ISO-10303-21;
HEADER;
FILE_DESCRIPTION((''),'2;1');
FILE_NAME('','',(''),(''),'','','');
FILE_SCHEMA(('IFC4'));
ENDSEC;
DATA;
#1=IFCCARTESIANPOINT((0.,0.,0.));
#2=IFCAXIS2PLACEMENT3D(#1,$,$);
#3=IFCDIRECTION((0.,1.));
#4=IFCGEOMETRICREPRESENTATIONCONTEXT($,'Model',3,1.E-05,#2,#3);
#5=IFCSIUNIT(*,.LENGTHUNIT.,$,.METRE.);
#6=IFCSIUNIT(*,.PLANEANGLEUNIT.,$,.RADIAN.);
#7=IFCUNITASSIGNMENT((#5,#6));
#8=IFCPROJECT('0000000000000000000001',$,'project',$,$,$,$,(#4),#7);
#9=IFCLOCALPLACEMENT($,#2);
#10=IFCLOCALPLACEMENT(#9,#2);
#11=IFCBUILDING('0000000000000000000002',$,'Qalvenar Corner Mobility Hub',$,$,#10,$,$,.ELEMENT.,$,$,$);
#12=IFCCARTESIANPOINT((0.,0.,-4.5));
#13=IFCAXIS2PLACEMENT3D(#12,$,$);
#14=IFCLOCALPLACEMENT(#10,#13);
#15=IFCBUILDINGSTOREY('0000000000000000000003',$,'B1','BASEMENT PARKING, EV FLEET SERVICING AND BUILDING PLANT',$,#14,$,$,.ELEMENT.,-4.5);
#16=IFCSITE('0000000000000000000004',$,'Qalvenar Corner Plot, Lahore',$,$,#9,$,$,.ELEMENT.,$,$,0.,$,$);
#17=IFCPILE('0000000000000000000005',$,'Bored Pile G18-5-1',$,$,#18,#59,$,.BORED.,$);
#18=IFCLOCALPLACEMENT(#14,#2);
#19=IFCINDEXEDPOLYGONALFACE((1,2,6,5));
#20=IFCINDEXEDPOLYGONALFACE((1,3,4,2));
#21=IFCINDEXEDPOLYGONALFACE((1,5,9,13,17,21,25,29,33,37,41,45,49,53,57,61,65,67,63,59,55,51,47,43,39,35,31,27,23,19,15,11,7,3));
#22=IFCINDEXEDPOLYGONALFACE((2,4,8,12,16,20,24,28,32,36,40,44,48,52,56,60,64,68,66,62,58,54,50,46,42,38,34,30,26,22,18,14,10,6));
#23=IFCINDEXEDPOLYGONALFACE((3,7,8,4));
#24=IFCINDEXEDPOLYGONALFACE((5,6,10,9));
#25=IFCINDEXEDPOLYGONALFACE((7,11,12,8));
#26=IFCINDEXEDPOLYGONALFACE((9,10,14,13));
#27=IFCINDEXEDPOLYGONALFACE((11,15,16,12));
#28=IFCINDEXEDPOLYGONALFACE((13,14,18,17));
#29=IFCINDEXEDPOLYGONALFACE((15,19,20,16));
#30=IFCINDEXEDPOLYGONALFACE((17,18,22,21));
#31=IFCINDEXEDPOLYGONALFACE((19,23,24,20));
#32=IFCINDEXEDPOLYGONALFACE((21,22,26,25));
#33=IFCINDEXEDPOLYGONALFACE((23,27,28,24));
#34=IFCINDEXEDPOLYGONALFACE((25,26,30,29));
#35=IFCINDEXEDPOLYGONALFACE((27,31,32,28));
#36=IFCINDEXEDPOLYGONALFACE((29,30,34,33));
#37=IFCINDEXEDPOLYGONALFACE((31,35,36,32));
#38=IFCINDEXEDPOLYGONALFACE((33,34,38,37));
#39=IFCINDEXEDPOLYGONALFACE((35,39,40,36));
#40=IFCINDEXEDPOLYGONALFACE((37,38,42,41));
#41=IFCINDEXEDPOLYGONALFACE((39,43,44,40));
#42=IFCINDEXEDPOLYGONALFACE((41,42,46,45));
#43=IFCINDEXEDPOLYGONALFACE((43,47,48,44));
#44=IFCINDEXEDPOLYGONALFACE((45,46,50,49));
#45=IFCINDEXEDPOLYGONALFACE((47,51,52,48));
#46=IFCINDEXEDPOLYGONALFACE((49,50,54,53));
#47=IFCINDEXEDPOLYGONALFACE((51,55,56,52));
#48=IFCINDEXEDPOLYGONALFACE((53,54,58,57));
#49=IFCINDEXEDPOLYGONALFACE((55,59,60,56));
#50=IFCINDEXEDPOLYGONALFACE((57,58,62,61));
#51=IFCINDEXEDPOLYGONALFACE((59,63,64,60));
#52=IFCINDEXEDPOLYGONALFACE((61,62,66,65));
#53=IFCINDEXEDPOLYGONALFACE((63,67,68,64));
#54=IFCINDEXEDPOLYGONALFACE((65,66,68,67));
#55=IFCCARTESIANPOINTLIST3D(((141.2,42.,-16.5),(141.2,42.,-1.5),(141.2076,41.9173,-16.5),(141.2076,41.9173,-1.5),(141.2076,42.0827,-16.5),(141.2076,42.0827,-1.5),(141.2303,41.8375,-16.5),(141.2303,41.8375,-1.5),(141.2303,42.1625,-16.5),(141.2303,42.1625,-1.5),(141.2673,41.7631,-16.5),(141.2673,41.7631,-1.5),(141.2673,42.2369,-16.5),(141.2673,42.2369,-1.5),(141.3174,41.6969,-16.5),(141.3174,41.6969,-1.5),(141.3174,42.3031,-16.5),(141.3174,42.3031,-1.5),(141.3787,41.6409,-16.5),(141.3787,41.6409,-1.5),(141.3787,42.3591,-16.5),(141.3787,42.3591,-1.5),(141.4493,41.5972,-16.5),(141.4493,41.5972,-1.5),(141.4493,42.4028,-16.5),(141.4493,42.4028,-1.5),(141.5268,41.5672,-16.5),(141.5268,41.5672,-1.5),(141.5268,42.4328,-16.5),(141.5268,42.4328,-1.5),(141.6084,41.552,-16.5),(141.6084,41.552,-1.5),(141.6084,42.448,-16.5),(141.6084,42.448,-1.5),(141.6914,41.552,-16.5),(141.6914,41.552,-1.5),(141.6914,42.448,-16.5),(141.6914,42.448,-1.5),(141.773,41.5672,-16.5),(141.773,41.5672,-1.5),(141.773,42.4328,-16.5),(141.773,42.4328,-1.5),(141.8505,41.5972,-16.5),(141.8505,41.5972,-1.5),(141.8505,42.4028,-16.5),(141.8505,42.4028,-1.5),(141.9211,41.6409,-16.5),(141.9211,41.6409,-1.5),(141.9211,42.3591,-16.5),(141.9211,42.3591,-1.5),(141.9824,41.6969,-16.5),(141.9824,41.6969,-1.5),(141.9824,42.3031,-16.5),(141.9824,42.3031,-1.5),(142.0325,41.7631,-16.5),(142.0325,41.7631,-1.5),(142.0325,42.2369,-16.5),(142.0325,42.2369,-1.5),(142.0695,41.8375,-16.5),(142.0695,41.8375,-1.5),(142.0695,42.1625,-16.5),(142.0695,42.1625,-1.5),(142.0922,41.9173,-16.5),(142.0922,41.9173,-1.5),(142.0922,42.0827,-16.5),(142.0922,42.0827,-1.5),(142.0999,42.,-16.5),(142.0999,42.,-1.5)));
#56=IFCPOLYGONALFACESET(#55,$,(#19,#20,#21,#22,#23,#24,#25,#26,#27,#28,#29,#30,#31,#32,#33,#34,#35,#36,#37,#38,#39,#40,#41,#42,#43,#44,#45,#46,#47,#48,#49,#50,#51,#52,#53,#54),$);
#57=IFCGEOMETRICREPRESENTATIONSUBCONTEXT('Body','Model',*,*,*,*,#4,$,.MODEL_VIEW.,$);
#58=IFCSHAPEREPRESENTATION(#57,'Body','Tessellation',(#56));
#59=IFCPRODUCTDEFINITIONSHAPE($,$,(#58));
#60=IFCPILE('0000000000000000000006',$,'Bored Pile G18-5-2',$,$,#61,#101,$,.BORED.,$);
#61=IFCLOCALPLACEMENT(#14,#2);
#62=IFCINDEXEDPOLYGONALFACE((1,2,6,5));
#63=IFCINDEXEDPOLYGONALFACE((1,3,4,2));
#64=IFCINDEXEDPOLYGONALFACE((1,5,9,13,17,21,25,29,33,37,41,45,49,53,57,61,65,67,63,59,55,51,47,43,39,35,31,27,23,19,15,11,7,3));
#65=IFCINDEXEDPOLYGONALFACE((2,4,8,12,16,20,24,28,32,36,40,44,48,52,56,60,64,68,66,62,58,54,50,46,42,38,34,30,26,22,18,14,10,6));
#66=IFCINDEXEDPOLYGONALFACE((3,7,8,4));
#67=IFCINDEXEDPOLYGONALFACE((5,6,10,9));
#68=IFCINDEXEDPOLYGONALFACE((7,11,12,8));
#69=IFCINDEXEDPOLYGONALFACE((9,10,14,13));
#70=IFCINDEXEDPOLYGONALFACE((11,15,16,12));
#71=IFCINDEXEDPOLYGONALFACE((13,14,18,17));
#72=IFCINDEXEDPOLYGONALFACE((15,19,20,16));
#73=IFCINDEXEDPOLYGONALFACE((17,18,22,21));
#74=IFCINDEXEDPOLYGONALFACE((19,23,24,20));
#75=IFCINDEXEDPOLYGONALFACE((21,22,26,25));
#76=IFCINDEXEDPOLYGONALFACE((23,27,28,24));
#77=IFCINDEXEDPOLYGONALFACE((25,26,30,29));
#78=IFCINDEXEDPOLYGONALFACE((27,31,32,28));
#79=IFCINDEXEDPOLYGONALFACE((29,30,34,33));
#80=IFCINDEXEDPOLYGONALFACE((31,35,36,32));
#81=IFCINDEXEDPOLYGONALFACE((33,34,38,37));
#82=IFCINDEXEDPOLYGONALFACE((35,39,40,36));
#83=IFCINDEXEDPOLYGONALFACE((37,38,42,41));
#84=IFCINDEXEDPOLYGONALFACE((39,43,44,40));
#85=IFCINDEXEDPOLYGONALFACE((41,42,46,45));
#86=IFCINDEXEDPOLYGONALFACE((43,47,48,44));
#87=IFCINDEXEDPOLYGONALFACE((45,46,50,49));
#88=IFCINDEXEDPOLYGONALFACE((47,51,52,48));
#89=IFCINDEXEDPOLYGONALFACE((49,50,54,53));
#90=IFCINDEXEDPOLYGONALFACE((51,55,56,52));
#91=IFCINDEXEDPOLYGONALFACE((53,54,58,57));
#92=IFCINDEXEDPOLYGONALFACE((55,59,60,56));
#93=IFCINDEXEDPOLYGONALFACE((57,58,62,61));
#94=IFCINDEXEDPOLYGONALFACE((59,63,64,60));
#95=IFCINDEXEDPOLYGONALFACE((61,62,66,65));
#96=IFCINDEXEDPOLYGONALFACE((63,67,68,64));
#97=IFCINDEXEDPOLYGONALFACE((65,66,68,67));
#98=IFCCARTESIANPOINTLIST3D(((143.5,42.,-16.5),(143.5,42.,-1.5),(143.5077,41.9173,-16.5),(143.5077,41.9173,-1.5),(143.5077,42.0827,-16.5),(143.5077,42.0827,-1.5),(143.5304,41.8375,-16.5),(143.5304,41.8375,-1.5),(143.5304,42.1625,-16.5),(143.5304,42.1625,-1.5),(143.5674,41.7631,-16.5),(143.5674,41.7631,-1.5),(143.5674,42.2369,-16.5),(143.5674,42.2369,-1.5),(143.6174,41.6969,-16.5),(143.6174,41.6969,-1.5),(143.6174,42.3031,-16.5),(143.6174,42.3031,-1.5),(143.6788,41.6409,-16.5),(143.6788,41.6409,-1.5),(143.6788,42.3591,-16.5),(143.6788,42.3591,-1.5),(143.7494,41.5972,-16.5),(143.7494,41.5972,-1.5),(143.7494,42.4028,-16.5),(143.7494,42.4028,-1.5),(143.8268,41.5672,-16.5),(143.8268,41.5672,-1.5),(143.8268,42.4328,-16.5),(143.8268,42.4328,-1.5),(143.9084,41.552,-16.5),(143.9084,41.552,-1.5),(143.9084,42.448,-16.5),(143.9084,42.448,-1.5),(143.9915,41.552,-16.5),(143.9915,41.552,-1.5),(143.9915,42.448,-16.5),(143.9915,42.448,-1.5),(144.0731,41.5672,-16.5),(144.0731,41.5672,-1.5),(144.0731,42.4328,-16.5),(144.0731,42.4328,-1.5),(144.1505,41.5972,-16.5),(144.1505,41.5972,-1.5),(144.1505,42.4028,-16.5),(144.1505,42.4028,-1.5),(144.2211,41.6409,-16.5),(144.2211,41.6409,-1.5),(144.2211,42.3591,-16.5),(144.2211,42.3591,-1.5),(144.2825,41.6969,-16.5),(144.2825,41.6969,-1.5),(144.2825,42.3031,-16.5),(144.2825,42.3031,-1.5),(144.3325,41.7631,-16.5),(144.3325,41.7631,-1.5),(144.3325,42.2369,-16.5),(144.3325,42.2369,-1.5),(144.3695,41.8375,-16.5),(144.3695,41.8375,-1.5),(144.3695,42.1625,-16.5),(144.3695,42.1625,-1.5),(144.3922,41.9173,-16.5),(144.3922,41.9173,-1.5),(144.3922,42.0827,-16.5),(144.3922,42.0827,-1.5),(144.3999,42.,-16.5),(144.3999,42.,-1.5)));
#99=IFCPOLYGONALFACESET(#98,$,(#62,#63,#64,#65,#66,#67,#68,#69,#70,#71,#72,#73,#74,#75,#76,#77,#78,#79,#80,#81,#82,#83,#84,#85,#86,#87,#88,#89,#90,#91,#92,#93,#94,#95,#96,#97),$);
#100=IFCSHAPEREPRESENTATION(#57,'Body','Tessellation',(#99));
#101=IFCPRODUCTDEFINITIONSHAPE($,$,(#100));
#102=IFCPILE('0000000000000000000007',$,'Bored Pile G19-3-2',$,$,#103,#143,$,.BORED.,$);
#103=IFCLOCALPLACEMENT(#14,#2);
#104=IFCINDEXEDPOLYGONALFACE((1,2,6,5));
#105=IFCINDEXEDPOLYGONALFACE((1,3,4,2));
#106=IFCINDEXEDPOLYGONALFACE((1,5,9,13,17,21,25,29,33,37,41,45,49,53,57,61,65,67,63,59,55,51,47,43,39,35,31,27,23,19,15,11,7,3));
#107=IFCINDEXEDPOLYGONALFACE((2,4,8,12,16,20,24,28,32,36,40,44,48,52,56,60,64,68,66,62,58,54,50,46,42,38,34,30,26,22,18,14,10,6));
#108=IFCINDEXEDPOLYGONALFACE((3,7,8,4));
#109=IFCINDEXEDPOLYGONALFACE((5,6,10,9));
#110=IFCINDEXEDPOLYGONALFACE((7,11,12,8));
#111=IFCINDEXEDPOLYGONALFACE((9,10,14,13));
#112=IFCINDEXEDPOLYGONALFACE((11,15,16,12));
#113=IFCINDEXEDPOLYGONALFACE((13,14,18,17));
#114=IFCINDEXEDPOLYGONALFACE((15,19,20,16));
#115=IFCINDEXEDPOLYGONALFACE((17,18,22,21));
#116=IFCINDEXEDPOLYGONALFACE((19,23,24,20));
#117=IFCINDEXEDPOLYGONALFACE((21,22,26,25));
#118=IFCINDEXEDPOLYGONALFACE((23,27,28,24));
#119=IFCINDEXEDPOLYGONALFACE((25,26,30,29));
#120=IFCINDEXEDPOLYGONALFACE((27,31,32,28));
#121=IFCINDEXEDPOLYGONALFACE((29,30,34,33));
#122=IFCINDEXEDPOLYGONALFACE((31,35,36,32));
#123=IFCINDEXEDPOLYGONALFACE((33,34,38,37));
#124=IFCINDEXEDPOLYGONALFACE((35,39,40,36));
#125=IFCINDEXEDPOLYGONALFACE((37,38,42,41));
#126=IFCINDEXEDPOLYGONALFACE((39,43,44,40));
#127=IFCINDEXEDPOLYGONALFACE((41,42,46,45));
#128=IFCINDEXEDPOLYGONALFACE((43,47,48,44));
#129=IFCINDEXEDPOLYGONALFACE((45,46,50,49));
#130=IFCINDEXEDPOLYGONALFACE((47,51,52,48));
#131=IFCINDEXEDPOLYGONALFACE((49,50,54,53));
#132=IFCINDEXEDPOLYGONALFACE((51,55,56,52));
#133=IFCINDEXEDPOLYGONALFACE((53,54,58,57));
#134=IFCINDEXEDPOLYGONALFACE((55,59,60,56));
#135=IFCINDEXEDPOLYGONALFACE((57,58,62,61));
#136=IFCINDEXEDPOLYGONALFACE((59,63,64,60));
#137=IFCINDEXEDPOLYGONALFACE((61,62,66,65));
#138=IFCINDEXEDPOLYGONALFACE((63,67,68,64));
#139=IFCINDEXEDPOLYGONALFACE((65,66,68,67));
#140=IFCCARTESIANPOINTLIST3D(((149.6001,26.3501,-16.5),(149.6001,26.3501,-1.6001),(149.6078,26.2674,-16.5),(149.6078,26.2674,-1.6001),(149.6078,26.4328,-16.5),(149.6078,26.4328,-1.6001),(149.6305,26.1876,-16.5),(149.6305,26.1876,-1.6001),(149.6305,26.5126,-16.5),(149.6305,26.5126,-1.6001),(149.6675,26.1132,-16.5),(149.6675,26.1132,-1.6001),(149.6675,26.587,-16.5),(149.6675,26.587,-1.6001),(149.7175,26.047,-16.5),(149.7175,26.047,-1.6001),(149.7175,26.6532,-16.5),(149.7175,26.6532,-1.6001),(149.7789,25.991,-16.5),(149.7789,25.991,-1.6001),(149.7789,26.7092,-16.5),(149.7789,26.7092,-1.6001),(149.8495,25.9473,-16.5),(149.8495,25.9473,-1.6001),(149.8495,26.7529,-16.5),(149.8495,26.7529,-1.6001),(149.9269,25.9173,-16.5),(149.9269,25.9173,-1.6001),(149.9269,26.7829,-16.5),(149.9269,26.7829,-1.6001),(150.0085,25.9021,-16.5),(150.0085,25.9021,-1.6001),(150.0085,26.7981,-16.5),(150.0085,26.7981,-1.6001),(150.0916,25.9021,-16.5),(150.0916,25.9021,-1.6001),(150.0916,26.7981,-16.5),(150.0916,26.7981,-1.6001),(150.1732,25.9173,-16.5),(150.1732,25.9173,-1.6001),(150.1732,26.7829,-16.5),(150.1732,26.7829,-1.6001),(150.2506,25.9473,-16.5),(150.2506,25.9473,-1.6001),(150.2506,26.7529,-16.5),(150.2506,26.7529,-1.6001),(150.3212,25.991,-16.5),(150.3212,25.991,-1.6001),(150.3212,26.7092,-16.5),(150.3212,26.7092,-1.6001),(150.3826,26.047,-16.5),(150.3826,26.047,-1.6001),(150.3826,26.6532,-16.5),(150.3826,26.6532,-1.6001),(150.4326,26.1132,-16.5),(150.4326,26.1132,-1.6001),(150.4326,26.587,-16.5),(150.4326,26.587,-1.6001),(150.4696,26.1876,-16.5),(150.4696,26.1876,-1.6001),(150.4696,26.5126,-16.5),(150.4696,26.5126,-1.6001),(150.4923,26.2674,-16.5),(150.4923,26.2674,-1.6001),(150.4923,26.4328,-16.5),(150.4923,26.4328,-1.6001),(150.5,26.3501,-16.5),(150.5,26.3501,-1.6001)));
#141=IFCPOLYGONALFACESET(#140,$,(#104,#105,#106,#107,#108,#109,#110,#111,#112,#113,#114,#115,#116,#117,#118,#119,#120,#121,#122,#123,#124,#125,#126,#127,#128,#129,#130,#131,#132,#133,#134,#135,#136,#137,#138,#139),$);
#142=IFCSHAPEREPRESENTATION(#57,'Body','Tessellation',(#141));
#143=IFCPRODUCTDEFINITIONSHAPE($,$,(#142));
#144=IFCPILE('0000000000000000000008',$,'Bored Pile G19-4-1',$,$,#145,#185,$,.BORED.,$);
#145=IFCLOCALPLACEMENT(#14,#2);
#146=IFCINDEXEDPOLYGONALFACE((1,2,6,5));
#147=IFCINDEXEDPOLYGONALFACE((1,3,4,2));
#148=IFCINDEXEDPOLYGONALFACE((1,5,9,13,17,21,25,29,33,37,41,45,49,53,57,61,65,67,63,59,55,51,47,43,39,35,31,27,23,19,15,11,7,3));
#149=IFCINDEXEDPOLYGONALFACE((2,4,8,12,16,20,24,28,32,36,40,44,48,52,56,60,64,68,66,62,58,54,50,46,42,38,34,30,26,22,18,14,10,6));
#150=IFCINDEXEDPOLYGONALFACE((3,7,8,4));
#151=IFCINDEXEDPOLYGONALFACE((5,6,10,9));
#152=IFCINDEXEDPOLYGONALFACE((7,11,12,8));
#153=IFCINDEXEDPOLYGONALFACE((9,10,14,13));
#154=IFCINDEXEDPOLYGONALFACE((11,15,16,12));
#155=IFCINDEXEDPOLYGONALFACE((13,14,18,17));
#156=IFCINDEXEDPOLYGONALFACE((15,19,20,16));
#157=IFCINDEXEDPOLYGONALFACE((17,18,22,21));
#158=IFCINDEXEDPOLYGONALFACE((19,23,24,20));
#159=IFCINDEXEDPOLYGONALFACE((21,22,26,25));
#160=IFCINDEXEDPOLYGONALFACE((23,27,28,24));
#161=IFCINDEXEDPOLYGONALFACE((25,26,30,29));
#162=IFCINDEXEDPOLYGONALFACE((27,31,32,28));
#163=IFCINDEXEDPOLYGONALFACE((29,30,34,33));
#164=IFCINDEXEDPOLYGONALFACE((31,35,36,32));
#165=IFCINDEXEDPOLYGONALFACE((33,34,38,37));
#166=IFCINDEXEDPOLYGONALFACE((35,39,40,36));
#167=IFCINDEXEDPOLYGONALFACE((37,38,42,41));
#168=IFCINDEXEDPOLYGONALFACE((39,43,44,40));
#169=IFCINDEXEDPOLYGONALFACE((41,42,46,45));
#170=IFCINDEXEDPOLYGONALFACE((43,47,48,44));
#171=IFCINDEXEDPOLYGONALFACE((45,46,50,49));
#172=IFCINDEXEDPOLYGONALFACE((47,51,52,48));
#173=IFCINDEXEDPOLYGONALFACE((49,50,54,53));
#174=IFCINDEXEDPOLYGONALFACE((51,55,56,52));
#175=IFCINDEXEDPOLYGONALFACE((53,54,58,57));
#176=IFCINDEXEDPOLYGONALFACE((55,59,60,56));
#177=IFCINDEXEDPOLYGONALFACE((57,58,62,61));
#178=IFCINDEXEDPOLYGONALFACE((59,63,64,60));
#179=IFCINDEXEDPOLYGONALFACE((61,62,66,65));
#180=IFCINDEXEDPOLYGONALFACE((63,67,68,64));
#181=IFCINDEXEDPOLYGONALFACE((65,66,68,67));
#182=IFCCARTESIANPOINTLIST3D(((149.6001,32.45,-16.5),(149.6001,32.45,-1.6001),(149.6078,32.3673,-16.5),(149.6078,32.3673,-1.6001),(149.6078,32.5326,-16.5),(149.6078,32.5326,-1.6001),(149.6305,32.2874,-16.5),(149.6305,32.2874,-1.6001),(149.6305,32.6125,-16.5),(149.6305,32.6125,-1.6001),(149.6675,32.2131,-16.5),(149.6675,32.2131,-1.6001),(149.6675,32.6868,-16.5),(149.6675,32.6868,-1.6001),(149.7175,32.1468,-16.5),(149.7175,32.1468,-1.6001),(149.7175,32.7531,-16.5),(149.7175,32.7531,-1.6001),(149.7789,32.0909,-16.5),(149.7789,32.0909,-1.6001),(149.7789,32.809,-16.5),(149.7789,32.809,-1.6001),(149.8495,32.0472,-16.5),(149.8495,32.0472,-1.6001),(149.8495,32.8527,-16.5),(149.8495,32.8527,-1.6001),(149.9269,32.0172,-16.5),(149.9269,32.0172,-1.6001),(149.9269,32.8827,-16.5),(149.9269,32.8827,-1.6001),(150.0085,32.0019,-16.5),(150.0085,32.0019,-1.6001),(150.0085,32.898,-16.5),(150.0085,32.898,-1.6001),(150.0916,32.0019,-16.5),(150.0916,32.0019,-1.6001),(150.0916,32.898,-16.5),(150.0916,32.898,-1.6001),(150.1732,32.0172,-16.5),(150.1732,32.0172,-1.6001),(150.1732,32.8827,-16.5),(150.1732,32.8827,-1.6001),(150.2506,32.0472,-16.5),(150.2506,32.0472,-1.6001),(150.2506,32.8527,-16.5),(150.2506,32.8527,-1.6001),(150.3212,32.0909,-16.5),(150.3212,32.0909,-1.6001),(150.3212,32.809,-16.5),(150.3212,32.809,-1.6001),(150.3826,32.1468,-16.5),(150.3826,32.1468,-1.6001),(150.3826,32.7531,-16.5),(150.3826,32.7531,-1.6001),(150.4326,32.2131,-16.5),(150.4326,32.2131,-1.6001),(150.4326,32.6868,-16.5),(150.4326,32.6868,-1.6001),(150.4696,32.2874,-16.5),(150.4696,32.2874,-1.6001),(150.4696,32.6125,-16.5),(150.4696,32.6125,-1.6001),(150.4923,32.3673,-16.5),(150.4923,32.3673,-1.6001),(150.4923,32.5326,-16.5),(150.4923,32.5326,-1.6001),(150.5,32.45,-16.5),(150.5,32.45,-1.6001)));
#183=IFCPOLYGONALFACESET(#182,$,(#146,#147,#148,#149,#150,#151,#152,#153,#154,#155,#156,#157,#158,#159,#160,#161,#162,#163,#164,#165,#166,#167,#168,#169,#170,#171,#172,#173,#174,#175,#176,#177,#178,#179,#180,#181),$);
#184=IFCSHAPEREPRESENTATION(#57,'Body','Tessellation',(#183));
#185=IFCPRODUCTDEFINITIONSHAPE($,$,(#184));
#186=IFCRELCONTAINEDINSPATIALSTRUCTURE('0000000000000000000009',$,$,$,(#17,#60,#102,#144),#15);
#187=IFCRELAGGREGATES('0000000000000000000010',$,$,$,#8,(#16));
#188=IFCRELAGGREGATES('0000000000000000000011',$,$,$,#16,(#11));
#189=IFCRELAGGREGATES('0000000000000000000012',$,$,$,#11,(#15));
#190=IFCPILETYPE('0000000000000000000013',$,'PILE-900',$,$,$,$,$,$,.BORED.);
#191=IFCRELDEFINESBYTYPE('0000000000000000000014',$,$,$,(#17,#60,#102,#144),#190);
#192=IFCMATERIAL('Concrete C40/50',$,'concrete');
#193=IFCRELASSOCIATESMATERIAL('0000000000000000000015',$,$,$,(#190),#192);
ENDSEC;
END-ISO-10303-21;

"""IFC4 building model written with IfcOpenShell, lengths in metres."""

from ifc_helpers import new_model, si_unit, direction, frame, origin, origin_2d, place, context, subcontext, project, spatial, circle, extrude, material, material_profile, profile_set, type_object, element, save


model = new_model("IFC4")

# Units and contexts
model_context = context("Model", 3, precision=1e-05, world=origin(), true_north=direction((0.0, 1.0)))
body_context = subcontext(model_context, "Body", "Model", "MODEL_VIEW")
ifc_project = project(units=[si_unit("LENGTHUNIT", "METRE"), si_unit("PLANEANGLEUNIT", "RADIAN")], contexts=[model_context])

# Site, building, storey
site_placement = place(None, origin())
site = spatial("IfcSite", under=ifc_project, at=site_placement, Name="Qalvenar Corner Plot, Lahore", CompositionType="ELEMENT", RefElevation=0.0)
building_placement = place(site_placement, origin())
building = spatial("IfcBuilding", under=site, at=building_placement, Name="Qalvenar Corner Mobility Hub", CompositionType="ELEMENT")
storey_placement = place(building_placement, frame((0.0, 0.0, -4.5)))
storey = spatial("IfcBuildingStorey", under=building, at=storey_placement, Name="B1", Description="BASEMENT PARKING, EV FLEET SERVICING AND BUILDING PLANT", CompositionType="ELEMENT", Elevation=-4.5)

# Shared definitions
ifc_material_1 = material(Name="Concrete C40/50", Category="concrete")

# Piles
ifc_material_profile_1 = material_profile(ifc_material_1, circle(Radius=0.45, at=origin_2d()), Name="DIA900")
ifc_profile_set_1 = profile_set([ifc_material_profile_1], Name="Concrete C40/50")
pile_type_1 = type_object("IfcPileType", Name="PILE-900", PredefinedType="BORED", material=ifc_profile_set_1)
for number, where, z_axis, x_axis, name in (
    (1, (141.6499, 42.0, -1.5), (0.0, 0.0, -1.0), (1.0, 0.0, 0.0), "Bored Pile G18-5-1"),
    (2, (143.95, 42.0, -1.5), (0.0, 0.0, -1.0), (1.0, 0.0, 0.0), "Bored Pile G18-5-2"),
):
    element("IfcPile", number, at=place(storey_placement, frame(where, z_axis=z_axis, x_axis=x_axis)), inside=storey, type_object=pile_type_1, Name=name, PredefinedType="BORED", context=body_context, shape_type="SweptSolid", body=[
        extrude(circle(Radius=0.45, at=origin_2d()), origin(), (0.0, 0.0, 1.0), 15.0),
    ])
for number, where, z_axis, x_axis, name in (
    (3, (150.05, 26.3501, -1.6001), (0.0, 0.0, -1.0), (1.0, 0.0, 0.0), "Bored Pile G19-3-2"),
    (4, (150.05, 32.45, -1.6001), (0.0, 0.0, -1.0), (1.0, 0.0, 0.0), "Bored Pile G19-4-1"),
):
    element("IfcPile", number, at=place(storey_placement, frame(where, z_axis=z_axis, x_axis=x_axis)), inside=storey, type_object=pile_type_1, Name=name, PredefinedType="BORED", context=body_context, shape_type="SweptSolid", body=[
        extrude(circle(Radius=0.45, at=origin_2d()), origin(), (0.0, 0.0, 1.0), 14.8999),
    ])

save(model, "model.ifc")
